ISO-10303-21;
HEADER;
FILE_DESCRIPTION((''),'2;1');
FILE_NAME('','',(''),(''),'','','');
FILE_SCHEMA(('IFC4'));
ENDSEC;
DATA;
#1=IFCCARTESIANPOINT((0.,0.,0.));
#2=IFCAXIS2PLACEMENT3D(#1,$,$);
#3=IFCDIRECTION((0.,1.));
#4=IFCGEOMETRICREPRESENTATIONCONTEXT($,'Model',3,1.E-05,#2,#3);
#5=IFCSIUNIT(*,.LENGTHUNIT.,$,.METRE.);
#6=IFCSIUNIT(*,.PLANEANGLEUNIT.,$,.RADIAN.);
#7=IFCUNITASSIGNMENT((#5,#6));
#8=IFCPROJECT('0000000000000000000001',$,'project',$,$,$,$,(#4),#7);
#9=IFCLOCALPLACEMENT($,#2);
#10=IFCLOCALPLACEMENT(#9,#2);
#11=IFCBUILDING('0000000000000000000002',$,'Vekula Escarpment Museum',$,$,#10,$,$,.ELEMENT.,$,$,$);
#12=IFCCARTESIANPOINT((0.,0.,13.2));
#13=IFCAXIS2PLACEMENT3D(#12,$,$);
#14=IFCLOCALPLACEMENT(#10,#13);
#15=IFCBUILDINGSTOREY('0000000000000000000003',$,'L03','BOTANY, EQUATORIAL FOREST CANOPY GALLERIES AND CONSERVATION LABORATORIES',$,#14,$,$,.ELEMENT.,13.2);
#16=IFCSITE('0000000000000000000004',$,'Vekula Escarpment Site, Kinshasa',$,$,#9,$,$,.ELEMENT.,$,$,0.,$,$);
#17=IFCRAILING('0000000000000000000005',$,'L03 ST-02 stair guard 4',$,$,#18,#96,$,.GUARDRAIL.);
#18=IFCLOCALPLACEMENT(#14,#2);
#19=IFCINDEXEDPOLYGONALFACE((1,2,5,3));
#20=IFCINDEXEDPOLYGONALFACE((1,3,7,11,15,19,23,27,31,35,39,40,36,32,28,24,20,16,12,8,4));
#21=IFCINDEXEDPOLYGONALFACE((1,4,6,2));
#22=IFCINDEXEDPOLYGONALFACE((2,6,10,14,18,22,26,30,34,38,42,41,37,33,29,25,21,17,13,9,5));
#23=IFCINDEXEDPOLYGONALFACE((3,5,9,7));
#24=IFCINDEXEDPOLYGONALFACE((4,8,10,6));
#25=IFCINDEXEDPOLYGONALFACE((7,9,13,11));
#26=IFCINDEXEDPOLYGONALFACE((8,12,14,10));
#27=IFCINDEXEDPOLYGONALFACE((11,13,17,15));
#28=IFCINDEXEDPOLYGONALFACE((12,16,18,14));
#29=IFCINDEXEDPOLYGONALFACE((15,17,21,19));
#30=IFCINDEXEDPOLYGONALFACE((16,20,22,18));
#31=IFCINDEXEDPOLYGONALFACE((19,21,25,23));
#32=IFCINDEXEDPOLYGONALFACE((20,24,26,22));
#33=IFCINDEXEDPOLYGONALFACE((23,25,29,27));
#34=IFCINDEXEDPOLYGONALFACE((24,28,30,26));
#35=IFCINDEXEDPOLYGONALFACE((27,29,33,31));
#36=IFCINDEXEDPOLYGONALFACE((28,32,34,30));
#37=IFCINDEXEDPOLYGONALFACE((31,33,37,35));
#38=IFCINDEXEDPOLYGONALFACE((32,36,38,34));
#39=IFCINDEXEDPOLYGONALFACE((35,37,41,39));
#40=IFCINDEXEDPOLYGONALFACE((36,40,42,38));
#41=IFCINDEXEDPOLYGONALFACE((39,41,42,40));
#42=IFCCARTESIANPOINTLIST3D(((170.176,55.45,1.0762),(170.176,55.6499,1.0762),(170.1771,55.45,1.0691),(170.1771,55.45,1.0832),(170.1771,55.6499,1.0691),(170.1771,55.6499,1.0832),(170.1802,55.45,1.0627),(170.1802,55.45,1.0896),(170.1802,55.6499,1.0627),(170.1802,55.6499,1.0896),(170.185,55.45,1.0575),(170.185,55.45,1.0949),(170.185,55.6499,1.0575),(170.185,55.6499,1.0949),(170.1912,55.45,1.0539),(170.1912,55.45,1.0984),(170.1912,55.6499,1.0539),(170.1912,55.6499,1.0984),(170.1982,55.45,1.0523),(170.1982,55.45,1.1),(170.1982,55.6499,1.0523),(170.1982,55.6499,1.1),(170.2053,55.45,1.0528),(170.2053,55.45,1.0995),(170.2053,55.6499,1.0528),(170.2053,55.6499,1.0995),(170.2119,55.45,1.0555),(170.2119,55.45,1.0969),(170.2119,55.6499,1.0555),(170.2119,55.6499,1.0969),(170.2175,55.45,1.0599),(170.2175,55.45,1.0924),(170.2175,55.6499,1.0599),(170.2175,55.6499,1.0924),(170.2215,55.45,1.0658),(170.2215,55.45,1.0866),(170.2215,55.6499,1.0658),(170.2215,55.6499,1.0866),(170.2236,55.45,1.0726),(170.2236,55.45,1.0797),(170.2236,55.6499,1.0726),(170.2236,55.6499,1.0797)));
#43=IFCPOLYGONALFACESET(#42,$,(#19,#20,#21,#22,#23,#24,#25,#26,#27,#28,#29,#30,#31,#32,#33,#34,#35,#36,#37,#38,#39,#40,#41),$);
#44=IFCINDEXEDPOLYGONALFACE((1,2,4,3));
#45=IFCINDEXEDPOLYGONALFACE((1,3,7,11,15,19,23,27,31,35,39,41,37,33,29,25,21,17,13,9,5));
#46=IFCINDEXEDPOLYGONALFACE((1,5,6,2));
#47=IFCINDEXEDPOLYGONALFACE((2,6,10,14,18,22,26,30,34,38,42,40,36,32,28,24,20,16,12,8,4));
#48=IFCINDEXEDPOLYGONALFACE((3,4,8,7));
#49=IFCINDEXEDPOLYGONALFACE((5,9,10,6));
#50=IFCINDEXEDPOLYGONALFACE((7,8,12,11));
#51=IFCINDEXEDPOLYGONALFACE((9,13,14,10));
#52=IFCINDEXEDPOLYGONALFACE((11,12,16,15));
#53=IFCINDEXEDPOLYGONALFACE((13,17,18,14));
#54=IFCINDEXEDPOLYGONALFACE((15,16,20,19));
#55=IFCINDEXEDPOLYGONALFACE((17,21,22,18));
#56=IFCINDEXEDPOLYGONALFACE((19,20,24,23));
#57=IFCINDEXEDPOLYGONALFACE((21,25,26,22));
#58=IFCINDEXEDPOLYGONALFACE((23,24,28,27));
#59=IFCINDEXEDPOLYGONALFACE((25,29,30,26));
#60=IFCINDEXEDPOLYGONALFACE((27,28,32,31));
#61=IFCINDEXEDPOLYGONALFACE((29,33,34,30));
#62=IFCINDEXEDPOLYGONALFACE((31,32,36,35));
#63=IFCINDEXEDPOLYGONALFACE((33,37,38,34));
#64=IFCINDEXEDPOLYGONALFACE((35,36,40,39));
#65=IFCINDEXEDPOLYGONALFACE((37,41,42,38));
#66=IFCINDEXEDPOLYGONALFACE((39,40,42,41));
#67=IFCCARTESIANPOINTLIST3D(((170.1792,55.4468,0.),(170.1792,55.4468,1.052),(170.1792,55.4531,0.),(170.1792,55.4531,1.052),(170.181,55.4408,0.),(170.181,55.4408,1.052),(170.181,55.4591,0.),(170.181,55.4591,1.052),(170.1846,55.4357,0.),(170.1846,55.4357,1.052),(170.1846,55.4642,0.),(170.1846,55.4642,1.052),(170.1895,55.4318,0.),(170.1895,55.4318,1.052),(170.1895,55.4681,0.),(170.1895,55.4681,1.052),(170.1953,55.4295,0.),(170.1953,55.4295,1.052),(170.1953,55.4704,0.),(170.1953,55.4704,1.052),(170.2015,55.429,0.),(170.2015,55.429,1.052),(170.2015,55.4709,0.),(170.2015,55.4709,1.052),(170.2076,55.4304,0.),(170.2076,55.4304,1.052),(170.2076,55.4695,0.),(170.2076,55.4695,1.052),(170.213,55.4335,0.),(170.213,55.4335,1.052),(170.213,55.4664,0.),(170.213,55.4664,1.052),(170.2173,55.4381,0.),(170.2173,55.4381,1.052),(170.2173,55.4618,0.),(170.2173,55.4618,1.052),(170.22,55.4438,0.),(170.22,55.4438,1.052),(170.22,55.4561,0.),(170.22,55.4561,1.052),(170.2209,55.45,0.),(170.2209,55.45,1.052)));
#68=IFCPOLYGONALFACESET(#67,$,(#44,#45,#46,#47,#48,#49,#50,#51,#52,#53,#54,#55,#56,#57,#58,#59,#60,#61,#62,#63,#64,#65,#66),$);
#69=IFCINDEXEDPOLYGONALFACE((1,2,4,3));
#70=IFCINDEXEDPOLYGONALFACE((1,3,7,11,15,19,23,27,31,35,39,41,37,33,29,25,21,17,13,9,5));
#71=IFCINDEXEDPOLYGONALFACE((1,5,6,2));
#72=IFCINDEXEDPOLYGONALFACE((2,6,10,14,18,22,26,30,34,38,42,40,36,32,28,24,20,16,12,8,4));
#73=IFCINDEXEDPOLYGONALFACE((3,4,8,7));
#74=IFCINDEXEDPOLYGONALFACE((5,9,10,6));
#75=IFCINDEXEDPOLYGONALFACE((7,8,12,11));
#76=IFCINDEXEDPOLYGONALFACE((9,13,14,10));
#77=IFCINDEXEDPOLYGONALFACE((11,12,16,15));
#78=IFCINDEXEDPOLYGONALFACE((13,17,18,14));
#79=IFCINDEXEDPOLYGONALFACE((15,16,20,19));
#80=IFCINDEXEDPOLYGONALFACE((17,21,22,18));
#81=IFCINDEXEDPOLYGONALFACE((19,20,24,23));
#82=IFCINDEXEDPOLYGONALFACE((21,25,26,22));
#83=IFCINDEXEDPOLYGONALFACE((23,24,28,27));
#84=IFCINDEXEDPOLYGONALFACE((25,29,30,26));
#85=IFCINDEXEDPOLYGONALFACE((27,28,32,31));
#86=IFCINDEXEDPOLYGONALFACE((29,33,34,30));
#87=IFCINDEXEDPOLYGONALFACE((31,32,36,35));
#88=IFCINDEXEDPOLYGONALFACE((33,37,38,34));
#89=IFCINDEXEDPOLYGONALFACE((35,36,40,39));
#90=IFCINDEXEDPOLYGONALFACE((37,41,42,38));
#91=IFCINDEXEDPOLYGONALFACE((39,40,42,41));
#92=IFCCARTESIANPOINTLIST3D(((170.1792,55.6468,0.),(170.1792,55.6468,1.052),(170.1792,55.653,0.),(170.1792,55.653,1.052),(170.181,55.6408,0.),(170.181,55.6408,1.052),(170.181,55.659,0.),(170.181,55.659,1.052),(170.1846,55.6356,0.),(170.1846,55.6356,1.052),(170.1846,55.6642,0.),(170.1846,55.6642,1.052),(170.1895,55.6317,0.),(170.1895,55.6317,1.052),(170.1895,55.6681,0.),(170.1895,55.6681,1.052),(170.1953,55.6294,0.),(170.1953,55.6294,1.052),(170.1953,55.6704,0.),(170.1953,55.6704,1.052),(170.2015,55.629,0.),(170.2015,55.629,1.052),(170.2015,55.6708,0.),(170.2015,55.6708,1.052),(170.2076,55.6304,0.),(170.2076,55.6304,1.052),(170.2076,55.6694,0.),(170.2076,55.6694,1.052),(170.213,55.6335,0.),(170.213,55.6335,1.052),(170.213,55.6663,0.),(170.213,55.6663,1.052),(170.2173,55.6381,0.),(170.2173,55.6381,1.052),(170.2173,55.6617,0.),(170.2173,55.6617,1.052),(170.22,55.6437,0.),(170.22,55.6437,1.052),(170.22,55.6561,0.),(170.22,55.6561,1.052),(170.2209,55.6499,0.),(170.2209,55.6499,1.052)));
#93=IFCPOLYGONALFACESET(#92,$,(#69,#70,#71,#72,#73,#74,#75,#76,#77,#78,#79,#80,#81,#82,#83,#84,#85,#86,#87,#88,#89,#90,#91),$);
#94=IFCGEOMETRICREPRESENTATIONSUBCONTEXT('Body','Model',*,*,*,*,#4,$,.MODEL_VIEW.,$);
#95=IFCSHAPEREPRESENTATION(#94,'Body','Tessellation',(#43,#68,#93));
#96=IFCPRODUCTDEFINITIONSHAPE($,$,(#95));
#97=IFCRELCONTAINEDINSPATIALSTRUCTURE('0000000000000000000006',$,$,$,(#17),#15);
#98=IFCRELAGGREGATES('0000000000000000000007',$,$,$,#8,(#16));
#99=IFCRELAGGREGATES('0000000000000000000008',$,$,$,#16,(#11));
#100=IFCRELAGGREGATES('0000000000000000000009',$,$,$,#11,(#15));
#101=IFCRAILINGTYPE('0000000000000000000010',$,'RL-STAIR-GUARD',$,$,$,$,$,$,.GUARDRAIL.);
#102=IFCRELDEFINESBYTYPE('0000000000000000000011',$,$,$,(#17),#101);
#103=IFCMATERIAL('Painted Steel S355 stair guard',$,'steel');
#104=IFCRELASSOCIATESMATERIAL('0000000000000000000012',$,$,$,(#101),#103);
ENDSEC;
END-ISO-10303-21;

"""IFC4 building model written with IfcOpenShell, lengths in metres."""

from ifc_helpers import new_model, si_unit, direction, frame, origin, origin_2d, place, context, subcontext, project, spatial, circle, extrude, material, type_object, element, save


model = new_model("IFC4")

# Units and contexts
model_context = context("Model", 3, precision=1e-05, world=origin(), true_north=direction((0.0, 1.0)))
body_context = subcontext(model_context, "Body", "Model", "MODEL_VIEW")
ifc_project = project(units=[si_unit("LENGTHUNIT", "METRE"), si_unit("PLANEANGLEUNIT", "RADIAN")], contexts=[model_context])

# Site, building, storey
site_placement = place(None, origin())
site = spatial("IfcSite", under=ifc_project, at=site_placement, Name="Vekula Escarpment Site, Kinshasa", CompositionType="ELEMENT", RefElevation=0.0)
building_placement = place(site_placement, origin())
building = spatial("IfcBuilding", under=site, at=building_placement, Name="Vekula Escarpment Museum", CompositionType="ELEMENT")
storey_placement = place(building_placement, frame((0.0, 0.0, 13.2)))
storey = spatial("IfcBuildingStorey", under=building, at=storey_placement, Name="L03", Description="BOTANY, EQUATORIAL FOREST CANOPY GALLERIES AND CONSERVATION LABORATORIES", CompositionType="ELEMENT", Elevation=13.2)

# Railing
ifc_material_1 = material(Name="Painted Steel S355 stair guard", Category="steel")
railing_type_1 = type_object("IfcRailingType", Name="RL-STAIR-GUARD", PredefinedType="GUARDRAIL", material=ifc_material_1)
railing_1_placement = place(storey_placement, frame((170.2, 55.45, 0.0)))
element("IfcRailing", 1, at=railing_1_placement, inside=storey, type_object=railing_type_1, Name="L03 ST-02 stair guard 4", PredefinedType="GUARDRAIL", context=body_context, shape_type="SweptSolid", body=[
    extrude(circle(Radius=0.0239, at=origin_2d()), frame((0.0, 0.0, 1.0762), z_axis=(0.0, 1.0, 0.0), x_axis=(-1.0, 0.0, 0.0)), (0.0, 0.0, 1.0), 0.2),
    extrude(circle(Radius=0.021, at=origin_2d()), origin(), (0.0, 0.0, 1.0), 1.052),
    extrude(circle(Radius=0.021, at=origin_2d()), frame((0.0, 0.2, 0.0)), (0.0, 0.0, 1.0), 1.052),
])

save(model, "model.ifc")
